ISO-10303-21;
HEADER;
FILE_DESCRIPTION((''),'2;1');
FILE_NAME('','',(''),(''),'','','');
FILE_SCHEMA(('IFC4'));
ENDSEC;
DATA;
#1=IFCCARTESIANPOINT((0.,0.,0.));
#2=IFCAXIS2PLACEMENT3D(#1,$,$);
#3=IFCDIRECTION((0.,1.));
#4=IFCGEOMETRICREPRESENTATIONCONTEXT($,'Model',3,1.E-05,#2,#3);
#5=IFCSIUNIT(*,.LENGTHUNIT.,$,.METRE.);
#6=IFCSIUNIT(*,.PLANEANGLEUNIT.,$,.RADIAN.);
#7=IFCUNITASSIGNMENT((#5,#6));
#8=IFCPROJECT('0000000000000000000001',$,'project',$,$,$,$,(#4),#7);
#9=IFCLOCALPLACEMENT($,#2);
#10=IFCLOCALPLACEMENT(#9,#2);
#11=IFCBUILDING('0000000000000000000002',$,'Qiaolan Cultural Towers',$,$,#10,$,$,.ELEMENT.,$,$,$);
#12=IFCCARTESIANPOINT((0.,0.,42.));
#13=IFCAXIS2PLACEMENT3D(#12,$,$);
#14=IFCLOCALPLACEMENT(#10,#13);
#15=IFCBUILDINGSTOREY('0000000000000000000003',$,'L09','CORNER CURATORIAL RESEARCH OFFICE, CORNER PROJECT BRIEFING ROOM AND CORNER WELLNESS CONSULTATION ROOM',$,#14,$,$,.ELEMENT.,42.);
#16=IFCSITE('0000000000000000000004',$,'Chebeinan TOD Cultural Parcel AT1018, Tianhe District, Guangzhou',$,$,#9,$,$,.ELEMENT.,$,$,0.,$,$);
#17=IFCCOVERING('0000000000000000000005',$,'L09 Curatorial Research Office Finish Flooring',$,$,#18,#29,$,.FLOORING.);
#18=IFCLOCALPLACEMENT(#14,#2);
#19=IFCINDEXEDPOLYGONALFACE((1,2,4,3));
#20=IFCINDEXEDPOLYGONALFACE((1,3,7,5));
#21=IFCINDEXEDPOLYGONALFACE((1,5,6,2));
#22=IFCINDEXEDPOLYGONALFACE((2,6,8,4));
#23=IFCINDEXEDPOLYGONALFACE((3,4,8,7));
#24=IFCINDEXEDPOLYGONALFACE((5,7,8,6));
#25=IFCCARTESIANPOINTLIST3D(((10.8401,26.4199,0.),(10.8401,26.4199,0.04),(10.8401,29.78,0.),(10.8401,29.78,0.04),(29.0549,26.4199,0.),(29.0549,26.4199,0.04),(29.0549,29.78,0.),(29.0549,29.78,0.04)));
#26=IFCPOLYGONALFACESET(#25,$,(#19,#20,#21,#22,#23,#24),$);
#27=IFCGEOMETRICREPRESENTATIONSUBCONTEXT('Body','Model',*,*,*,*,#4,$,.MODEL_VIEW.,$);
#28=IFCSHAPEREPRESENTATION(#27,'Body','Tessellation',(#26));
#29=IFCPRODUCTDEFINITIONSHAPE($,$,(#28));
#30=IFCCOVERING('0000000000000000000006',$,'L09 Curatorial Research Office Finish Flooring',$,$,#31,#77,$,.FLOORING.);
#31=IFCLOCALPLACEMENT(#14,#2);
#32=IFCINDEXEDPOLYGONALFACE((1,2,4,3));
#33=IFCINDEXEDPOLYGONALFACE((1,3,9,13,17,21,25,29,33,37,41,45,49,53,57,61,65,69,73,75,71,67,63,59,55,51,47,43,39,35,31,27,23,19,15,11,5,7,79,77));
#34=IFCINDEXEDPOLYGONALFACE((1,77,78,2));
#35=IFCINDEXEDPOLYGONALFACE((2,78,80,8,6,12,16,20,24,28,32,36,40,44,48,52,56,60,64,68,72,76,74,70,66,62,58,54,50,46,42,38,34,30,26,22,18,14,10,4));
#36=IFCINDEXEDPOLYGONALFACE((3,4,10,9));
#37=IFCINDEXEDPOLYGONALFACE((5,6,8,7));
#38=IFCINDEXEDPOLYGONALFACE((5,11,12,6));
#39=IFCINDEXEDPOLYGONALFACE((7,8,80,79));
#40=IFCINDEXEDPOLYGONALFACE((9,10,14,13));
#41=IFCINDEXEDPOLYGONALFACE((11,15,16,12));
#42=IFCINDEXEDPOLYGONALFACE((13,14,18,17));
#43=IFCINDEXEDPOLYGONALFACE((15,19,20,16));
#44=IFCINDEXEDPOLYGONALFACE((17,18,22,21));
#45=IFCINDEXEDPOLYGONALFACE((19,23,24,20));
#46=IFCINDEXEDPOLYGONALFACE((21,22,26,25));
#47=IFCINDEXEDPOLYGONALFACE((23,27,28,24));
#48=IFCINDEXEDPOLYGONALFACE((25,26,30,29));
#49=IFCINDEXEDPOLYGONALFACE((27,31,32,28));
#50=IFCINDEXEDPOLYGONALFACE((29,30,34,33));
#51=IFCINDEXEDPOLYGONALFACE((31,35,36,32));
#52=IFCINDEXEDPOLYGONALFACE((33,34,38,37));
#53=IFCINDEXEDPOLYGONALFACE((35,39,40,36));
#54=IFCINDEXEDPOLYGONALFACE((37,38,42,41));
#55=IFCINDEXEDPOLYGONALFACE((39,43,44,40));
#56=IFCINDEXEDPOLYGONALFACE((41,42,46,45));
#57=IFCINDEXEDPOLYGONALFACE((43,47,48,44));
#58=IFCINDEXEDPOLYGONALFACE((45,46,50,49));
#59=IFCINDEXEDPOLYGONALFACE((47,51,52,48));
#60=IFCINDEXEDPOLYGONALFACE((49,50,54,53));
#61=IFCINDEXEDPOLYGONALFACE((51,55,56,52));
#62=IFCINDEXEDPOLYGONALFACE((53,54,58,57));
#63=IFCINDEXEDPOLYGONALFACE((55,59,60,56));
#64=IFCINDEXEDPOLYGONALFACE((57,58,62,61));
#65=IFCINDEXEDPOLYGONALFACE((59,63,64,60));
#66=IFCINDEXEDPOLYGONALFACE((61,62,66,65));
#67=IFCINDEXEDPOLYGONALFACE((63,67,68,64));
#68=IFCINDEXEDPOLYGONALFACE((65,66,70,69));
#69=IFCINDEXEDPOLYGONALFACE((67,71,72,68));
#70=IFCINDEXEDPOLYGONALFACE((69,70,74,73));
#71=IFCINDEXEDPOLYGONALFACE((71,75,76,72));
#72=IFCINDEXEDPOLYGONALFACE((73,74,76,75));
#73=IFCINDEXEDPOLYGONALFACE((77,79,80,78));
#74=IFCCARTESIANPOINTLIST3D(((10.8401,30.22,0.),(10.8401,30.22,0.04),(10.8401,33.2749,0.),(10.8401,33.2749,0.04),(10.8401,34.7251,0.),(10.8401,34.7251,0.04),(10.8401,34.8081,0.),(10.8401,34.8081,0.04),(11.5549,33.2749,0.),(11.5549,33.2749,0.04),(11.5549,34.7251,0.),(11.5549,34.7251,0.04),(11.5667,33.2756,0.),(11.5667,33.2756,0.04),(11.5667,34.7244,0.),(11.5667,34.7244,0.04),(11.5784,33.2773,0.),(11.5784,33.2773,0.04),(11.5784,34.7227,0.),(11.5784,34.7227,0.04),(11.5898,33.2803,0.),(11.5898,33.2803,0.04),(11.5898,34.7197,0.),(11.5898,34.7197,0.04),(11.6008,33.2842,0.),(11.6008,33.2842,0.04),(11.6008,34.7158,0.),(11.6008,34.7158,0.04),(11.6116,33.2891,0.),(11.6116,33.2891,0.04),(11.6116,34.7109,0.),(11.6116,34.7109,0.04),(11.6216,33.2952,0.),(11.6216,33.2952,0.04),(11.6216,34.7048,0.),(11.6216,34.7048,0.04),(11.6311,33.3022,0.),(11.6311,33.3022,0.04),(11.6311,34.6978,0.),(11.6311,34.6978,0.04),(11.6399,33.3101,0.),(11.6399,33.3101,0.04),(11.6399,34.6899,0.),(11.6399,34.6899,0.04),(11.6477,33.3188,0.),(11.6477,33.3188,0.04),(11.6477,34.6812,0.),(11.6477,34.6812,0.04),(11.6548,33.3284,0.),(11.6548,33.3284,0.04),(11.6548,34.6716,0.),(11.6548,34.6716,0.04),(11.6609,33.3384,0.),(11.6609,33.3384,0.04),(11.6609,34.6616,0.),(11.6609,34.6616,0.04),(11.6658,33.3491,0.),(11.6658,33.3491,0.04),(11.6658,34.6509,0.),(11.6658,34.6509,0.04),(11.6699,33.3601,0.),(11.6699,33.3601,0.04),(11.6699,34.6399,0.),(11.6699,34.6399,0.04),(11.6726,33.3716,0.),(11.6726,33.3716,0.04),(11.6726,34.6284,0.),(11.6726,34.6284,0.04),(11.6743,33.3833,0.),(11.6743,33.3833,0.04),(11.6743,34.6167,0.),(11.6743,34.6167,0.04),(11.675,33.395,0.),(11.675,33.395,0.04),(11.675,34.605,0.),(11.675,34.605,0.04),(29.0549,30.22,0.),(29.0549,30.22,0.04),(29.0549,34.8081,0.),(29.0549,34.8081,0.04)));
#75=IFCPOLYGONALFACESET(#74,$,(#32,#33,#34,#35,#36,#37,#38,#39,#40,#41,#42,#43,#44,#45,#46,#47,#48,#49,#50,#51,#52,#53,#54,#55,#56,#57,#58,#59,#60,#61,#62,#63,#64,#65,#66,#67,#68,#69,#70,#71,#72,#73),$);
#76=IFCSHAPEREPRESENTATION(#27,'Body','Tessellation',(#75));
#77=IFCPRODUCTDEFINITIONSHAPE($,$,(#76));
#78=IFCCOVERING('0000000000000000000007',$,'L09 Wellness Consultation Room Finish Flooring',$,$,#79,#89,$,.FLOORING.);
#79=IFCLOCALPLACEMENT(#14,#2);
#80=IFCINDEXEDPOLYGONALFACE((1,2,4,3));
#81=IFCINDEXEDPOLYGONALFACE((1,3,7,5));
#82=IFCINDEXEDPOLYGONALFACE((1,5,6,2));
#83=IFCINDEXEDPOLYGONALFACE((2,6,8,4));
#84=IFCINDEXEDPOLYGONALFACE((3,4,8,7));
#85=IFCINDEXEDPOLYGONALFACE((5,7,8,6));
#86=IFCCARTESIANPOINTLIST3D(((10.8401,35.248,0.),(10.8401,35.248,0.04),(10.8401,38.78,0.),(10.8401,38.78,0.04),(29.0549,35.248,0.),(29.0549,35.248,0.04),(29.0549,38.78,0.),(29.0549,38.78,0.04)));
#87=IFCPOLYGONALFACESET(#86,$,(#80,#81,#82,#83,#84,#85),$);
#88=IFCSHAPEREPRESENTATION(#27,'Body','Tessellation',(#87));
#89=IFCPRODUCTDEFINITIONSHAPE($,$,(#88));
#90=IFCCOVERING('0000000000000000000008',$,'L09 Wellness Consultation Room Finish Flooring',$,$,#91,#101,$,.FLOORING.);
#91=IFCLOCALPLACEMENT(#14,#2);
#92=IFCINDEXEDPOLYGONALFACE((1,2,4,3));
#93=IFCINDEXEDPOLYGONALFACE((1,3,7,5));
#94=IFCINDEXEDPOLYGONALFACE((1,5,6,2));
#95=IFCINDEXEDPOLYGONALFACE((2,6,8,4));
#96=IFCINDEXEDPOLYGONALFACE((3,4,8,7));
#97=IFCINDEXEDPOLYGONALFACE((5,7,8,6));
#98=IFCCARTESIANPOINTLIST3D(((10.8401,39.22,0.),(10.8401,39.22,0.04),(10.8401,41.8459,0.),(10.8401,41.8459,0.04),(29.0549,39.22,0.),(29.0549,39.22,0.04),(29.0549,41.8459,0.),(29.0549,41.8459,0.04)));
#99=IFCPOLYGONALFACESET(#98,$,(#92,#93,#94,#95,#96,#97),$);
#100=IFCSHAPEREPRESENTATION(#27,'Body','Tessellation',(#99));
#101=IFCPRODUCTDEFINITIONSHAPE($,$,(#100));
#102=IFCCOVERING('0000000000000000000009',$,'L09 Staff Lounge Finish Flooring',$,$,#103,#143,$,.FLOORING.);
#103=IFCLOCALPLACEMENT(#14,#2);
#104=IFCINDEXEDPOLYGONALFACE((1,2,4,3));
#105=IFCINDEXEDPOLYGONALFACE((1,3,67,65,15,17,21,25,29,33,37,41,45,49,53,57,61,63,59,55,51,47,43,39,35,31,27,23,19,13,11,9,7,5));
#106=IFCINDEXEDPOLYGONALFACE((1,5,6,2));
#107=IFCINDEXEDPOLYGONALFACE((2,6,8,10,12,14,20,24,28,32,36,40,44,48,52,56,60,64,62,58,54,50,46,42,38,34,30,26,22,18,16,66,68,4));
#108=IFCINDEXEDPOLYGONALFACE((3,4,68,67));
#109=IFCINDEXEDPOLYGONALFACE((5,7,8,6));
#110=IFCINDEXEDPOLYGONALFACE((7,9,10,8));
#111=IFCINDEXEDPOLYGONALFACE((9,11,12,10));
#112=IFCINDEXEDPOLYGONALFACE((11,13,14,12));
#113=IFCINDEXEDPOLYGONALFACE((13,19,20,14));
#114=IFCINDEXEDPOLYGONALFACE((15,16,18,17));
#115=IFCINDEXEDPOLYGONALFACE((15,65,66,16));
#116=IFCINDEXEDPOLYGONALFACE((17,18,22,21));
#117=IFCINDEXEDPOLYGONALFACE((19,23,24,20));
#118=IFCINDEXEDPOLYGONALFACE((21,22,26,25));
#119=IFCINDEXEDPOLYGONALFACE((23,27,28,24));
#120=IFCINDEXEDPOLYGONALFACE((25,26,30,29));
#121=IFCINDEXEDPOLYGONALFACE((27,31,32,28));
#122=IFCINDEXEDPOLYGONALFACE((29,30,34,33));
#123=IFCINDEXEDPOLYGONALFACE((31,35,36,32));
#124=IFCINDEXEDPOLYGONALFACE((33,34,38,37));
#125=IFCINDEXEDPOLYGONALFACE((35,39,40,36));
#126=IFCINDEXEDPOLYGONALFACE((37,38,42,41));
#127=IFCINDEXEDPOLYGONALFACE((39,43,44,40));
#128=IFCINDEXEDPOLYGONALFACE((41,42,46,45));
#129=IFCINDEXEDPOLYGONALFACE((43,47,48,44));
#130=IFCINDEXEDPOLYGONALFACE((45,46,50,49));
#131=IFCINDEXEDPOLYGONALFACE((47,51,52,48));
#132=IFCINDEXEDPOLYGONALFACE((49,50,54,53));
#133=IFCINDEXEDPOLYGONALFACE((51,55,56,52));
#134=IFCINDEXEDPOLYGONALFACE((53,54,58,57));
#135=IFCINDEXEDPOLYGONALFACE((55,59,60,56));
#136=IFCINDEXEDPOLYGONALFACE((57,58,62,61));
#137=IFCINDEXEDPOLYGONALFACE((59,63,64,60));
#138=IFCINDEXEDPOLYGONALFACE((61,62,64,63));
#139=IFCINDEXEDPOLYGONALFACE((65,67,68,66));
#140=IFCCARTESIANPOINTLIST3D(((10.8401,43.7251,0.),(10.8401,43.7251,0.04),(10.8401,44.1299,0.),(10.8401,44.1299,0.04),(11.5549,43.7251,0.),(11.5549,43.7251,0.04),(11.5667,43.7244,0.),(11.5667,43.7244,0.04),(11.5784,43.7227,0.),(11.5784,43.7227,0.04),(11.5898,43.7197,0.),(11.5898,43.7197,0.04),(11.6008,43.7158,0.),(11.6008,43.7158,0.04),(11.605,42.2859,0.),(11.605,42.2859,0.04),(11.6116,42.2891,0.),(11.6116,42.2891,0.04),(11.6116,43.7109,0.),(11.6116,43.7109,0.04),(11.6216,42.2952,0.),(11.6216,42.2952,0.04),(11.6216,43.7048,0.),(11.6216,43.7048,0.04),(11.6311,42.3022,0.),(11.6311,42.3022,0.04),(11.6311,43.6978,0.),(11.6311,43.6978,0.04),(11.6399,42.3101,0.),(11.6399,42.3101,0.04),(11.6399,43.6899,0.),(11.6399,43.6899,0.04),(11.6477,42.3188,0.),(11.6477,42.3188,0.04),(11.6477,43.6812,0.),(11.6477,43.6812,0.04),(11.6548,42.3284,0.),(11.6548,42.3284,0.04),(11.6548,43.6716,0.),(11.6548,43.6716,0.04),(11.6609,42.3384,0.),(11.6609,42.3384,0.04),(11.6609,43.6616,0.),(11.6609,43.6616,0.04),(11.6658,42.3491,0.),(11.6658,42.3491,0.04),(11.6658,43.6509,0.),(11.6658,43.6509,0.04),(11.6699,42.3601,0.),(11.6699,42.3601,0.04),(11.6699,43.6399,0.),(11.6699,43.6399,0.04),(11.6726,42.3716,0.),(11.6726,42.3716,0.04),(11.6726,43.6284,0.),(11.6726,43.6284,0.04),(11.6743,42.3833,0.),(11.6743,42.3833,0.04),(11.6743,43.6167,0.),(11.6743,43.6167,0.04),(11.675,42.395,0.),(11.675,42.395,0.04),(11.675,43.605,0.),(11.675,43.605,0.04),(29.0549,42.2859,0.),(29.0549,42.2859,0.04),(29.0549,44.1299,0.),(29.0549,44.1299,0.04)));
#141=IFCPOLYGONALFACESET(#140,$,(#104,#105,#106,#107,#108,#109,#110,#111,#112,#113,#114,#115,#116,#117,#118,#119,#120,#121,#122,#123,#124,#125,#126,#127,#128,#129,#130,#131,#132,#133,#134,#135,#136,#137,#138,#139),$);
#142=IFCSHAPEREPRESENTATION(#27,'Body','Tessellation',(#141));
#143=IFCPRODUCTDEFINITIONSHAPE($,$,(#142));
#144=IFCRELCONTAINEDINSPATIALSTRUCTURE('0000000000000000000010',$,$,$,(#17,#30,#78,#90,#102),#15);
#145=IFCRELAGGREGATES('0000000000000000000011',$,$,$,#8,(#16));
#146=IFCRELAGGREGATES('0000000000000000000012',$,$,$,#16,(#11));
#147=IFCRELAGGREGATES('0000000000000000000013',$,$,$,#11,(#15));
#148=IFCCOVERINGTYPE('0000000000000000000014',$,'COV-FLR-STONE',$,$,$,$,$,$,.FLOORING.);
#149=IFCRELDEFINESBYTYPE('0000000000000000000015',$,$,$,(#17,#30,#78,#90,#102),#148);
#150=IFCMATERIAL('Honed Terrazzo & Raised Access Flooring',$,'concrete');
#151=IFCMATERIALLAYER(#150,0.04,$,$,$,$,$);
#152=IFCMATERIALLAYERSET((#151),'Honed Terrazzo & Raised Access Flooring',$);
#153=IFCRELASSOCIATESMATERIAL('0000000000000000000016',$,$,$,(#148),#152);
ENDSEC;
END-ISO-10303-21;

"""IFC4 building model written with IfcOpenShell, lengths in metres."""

from ifc_helpers import new_model, si_unit, direction, frame, origin, place, context, subcontext, project, spatial, polyline, outline, extrude, material, layer, layer_set, type_object, element, save


model = new_model("IFC4")

# Units and contexts
model_context = context("Model", 3, precision=1e-05, world=origin(), true_north=direction((0.0, 1.0)))
body_context = subcontext(model_context, "Body", "Model", "MODEL_VIEW")
ifc_project = project(units=[si_unit("LENGTHUNIT", "METRE"), si_unit("PLANEANGLEUNIT", "RADIAN")], contexts=[model_context])

# Site, building, storey
site_placement = place(None, origin())
site = spatial("IfcSite", under=ifc_project, at=site_placement, Name="Chebeinan TOD Cultural Parcel AT1018, Tianhe District, Guangzhou", CompositionType="ELEMENT", RefElevation=0.0)
building_placement = place(site_placement, origin())
building = spatial("IfcBuilding", under=site, at=building_placement, Name="Qiaolan Cultural Towers", CompositionType="ELEMENT")
storey_placement = place(building_placement, frame((0.0, 0.0, 42.0)))
storey = spatial("IfcBuildingStorey", under=building, at=storey_placement, Name="L09", Description="CORNER CURATORIAL RESEARCH OFFICE, CORNER PROJECT BRIEFING ROOM AND CORNER WELLNESS CONSULTATION ROOM", CompositionType="ELEMENT", Elevation=42.0)

# Coverings
ifc_material_1 = material(Name="Honed Terrazzo & Raised Access Flooring", Category="concrete")
ifc_layer_1 = layer(ifc_material_1, 0.04)
ifc_layer_set_1 = layer_set([ifc_layer_1], Name="Honed Terrazzo & Raised Access Flooring")
covering_type = type_object("IfcCoveringType", Name="COV-FLR-STONE", PredefinedType="FLOORING", material=ifc_layer_set_1)
covering_1_placement = place(storey_placement, origin())
element("IfcCovering", 1, at=covering_1_placement, inside=storey, type_object=covering_type, Name="L09 Curatorial Research Office Finish Flooring", PredefinedType="FLOORING", context=body_context, shape_type="SweptSolid", body=[
    extrude(outline(polyline([(29.0549, 26.4199), (29.0549, 29.78), (10.8401, 29.78), (10.8401, 26.4199), (29.0549, 26.4199)])), origin(), (0.0, 0.0, 1.0), 0.04),
])
covering_2_placement = place(storey_placement, origin())
element("IfcCovering", 2, at=covering_2_placement, inside=storey, type_object=covering_type, Name="L09 Curatorial Research Office Finish Flooring", PredefinedType="FLOORING", context=body_context, shape_type="SweptSolid", body=[
    extrude(outline(polyline([(10.8401, 34.7251), (11.5549, 34.7251), (11.5667, 34.7244), (11.5784, 34.7227), (11.5898, 34.7197), (11.6008, 34.7158), (11.6116, 34.7109), (11.6216, 34.7048), (11.6311, 34.6978), (11.6399, 34.6899), (11.6477, 34.6812), (11.6548, 34.6716), (11.6609, 34.6616), (11.6658, 34.6509), (11.6699, 34.6399), (11.6726, 34.6284), (11.6743, 34.6167), (11.675, 34.605), (11.675, 33.395), (11.6743, 33.3833), (11.6726, 33.3716), (11.6699, 33.3601), (11.6658, 33.3491), (11.6609, 33.3384), (11.6548, 33.3284), (11.6477, 33.3188), (11.6399, 33.3101), (11.6311, 33.3022), (11.6216, 33.2952), (11.6116, 33.2891), (11.6008, 33.2842), (11.5898, 33.2803), (11.5784, 33.2773), (11.5667, 33.2756), (11.5549, 33.2749), (10.8401, 33.2749), (10.8401, 30.22), (29.0549, 30.22), (29.0549, 34.8081), (10.8401, 34.8081), (10.8401, 34.7251)])), origin(), (0.0, 0.0, 1.0), 0.04),
])
covering_3_placement = place(storey_placement, origin())
element("IfcCovering", 3, at=covering_3_placement, inside=storey, type_object=covering_type, Name="L09 Wellness Consultation Room Finish Flooring", PredefinedType="FLOORING", context=body_context, shape_type="SweptSolid", body=[
    extrude(outline(polyline([(29.0549, 35.248), (29.0549, 38.78), (10.8401, 38.78), (10.8401, 35.248), (29.0549, 35.248)])), origin(), (0.0, 0.0, 1.0), 0.04),
])
covering_4_placement = place(storey_placement, origin())
element("IfcCovering", 4, at=covering_4_placement, inside=storey, type_object=covering_type, Name="L09 Wellness Consultation Room Finish Flooring", PredefinedType="FLOORING", context=body_context, shape_type="SweptSolid", body=[
    extrude(outline(polyline([(29.0549, 39.22), (29.0549, 41.8459), (10.8401, 41.8459), (10.8401, 39.22), (29.0549, 39.22)])), origin(), (0.0, 0.0, 1.0), 0.04),
])
covering_5_placement = place(storey_placement, origin())
element("IfcCovering", 5, at=covering_5_placement, inside=storey, type_object=covering_type, Name="L09 Staff Lounge Finish Flooring", PredefinedType="FLOORING", context=body_context, shape_type="SweptSolid", body=[
    extrude(outline(polyline([(10.8401, 43.7251), (11.5549, 43.7251), (11.5667, 43.7244), (11.5784, 43.7227), (11.5898, 43.7197), (11.6008, 43.7158), (11.6116, 43.7109), (11.6216, 43.7048), (11.6311, 43.6978), (11.6399, 43.6899), (11.6477, 43.6812), (11.6548, 43.6716), (11.6609, 43.6616), (11.6658, 43.6509), (11.6699, 43.6399), (11.6726, 43.6284), (11.6743, 43.6167), (11.675, 43.605), (11.675, 42.395), (11.6743, 42.3833), (11.6726, 42.3716), (11.6699, 42.3601), (11.6658, 42.3491), (11.6609, 42.3384), (11.6548, 42.3284), (11.6477, 42.3188), (11.6399, 42.3101), (11.6311, 42.3022), (11.6216, 42.2952), (11.6116, 42.2891), (11.605, 42.2859), (29.0549, 42.2859), (29.0549, 44.1299), (10.8401, 44.1299), (10.8401, 43.7251)])), origin(), (0.0, 0.0, 1.0), 0.04),
])

save(model, "model.ifc")
